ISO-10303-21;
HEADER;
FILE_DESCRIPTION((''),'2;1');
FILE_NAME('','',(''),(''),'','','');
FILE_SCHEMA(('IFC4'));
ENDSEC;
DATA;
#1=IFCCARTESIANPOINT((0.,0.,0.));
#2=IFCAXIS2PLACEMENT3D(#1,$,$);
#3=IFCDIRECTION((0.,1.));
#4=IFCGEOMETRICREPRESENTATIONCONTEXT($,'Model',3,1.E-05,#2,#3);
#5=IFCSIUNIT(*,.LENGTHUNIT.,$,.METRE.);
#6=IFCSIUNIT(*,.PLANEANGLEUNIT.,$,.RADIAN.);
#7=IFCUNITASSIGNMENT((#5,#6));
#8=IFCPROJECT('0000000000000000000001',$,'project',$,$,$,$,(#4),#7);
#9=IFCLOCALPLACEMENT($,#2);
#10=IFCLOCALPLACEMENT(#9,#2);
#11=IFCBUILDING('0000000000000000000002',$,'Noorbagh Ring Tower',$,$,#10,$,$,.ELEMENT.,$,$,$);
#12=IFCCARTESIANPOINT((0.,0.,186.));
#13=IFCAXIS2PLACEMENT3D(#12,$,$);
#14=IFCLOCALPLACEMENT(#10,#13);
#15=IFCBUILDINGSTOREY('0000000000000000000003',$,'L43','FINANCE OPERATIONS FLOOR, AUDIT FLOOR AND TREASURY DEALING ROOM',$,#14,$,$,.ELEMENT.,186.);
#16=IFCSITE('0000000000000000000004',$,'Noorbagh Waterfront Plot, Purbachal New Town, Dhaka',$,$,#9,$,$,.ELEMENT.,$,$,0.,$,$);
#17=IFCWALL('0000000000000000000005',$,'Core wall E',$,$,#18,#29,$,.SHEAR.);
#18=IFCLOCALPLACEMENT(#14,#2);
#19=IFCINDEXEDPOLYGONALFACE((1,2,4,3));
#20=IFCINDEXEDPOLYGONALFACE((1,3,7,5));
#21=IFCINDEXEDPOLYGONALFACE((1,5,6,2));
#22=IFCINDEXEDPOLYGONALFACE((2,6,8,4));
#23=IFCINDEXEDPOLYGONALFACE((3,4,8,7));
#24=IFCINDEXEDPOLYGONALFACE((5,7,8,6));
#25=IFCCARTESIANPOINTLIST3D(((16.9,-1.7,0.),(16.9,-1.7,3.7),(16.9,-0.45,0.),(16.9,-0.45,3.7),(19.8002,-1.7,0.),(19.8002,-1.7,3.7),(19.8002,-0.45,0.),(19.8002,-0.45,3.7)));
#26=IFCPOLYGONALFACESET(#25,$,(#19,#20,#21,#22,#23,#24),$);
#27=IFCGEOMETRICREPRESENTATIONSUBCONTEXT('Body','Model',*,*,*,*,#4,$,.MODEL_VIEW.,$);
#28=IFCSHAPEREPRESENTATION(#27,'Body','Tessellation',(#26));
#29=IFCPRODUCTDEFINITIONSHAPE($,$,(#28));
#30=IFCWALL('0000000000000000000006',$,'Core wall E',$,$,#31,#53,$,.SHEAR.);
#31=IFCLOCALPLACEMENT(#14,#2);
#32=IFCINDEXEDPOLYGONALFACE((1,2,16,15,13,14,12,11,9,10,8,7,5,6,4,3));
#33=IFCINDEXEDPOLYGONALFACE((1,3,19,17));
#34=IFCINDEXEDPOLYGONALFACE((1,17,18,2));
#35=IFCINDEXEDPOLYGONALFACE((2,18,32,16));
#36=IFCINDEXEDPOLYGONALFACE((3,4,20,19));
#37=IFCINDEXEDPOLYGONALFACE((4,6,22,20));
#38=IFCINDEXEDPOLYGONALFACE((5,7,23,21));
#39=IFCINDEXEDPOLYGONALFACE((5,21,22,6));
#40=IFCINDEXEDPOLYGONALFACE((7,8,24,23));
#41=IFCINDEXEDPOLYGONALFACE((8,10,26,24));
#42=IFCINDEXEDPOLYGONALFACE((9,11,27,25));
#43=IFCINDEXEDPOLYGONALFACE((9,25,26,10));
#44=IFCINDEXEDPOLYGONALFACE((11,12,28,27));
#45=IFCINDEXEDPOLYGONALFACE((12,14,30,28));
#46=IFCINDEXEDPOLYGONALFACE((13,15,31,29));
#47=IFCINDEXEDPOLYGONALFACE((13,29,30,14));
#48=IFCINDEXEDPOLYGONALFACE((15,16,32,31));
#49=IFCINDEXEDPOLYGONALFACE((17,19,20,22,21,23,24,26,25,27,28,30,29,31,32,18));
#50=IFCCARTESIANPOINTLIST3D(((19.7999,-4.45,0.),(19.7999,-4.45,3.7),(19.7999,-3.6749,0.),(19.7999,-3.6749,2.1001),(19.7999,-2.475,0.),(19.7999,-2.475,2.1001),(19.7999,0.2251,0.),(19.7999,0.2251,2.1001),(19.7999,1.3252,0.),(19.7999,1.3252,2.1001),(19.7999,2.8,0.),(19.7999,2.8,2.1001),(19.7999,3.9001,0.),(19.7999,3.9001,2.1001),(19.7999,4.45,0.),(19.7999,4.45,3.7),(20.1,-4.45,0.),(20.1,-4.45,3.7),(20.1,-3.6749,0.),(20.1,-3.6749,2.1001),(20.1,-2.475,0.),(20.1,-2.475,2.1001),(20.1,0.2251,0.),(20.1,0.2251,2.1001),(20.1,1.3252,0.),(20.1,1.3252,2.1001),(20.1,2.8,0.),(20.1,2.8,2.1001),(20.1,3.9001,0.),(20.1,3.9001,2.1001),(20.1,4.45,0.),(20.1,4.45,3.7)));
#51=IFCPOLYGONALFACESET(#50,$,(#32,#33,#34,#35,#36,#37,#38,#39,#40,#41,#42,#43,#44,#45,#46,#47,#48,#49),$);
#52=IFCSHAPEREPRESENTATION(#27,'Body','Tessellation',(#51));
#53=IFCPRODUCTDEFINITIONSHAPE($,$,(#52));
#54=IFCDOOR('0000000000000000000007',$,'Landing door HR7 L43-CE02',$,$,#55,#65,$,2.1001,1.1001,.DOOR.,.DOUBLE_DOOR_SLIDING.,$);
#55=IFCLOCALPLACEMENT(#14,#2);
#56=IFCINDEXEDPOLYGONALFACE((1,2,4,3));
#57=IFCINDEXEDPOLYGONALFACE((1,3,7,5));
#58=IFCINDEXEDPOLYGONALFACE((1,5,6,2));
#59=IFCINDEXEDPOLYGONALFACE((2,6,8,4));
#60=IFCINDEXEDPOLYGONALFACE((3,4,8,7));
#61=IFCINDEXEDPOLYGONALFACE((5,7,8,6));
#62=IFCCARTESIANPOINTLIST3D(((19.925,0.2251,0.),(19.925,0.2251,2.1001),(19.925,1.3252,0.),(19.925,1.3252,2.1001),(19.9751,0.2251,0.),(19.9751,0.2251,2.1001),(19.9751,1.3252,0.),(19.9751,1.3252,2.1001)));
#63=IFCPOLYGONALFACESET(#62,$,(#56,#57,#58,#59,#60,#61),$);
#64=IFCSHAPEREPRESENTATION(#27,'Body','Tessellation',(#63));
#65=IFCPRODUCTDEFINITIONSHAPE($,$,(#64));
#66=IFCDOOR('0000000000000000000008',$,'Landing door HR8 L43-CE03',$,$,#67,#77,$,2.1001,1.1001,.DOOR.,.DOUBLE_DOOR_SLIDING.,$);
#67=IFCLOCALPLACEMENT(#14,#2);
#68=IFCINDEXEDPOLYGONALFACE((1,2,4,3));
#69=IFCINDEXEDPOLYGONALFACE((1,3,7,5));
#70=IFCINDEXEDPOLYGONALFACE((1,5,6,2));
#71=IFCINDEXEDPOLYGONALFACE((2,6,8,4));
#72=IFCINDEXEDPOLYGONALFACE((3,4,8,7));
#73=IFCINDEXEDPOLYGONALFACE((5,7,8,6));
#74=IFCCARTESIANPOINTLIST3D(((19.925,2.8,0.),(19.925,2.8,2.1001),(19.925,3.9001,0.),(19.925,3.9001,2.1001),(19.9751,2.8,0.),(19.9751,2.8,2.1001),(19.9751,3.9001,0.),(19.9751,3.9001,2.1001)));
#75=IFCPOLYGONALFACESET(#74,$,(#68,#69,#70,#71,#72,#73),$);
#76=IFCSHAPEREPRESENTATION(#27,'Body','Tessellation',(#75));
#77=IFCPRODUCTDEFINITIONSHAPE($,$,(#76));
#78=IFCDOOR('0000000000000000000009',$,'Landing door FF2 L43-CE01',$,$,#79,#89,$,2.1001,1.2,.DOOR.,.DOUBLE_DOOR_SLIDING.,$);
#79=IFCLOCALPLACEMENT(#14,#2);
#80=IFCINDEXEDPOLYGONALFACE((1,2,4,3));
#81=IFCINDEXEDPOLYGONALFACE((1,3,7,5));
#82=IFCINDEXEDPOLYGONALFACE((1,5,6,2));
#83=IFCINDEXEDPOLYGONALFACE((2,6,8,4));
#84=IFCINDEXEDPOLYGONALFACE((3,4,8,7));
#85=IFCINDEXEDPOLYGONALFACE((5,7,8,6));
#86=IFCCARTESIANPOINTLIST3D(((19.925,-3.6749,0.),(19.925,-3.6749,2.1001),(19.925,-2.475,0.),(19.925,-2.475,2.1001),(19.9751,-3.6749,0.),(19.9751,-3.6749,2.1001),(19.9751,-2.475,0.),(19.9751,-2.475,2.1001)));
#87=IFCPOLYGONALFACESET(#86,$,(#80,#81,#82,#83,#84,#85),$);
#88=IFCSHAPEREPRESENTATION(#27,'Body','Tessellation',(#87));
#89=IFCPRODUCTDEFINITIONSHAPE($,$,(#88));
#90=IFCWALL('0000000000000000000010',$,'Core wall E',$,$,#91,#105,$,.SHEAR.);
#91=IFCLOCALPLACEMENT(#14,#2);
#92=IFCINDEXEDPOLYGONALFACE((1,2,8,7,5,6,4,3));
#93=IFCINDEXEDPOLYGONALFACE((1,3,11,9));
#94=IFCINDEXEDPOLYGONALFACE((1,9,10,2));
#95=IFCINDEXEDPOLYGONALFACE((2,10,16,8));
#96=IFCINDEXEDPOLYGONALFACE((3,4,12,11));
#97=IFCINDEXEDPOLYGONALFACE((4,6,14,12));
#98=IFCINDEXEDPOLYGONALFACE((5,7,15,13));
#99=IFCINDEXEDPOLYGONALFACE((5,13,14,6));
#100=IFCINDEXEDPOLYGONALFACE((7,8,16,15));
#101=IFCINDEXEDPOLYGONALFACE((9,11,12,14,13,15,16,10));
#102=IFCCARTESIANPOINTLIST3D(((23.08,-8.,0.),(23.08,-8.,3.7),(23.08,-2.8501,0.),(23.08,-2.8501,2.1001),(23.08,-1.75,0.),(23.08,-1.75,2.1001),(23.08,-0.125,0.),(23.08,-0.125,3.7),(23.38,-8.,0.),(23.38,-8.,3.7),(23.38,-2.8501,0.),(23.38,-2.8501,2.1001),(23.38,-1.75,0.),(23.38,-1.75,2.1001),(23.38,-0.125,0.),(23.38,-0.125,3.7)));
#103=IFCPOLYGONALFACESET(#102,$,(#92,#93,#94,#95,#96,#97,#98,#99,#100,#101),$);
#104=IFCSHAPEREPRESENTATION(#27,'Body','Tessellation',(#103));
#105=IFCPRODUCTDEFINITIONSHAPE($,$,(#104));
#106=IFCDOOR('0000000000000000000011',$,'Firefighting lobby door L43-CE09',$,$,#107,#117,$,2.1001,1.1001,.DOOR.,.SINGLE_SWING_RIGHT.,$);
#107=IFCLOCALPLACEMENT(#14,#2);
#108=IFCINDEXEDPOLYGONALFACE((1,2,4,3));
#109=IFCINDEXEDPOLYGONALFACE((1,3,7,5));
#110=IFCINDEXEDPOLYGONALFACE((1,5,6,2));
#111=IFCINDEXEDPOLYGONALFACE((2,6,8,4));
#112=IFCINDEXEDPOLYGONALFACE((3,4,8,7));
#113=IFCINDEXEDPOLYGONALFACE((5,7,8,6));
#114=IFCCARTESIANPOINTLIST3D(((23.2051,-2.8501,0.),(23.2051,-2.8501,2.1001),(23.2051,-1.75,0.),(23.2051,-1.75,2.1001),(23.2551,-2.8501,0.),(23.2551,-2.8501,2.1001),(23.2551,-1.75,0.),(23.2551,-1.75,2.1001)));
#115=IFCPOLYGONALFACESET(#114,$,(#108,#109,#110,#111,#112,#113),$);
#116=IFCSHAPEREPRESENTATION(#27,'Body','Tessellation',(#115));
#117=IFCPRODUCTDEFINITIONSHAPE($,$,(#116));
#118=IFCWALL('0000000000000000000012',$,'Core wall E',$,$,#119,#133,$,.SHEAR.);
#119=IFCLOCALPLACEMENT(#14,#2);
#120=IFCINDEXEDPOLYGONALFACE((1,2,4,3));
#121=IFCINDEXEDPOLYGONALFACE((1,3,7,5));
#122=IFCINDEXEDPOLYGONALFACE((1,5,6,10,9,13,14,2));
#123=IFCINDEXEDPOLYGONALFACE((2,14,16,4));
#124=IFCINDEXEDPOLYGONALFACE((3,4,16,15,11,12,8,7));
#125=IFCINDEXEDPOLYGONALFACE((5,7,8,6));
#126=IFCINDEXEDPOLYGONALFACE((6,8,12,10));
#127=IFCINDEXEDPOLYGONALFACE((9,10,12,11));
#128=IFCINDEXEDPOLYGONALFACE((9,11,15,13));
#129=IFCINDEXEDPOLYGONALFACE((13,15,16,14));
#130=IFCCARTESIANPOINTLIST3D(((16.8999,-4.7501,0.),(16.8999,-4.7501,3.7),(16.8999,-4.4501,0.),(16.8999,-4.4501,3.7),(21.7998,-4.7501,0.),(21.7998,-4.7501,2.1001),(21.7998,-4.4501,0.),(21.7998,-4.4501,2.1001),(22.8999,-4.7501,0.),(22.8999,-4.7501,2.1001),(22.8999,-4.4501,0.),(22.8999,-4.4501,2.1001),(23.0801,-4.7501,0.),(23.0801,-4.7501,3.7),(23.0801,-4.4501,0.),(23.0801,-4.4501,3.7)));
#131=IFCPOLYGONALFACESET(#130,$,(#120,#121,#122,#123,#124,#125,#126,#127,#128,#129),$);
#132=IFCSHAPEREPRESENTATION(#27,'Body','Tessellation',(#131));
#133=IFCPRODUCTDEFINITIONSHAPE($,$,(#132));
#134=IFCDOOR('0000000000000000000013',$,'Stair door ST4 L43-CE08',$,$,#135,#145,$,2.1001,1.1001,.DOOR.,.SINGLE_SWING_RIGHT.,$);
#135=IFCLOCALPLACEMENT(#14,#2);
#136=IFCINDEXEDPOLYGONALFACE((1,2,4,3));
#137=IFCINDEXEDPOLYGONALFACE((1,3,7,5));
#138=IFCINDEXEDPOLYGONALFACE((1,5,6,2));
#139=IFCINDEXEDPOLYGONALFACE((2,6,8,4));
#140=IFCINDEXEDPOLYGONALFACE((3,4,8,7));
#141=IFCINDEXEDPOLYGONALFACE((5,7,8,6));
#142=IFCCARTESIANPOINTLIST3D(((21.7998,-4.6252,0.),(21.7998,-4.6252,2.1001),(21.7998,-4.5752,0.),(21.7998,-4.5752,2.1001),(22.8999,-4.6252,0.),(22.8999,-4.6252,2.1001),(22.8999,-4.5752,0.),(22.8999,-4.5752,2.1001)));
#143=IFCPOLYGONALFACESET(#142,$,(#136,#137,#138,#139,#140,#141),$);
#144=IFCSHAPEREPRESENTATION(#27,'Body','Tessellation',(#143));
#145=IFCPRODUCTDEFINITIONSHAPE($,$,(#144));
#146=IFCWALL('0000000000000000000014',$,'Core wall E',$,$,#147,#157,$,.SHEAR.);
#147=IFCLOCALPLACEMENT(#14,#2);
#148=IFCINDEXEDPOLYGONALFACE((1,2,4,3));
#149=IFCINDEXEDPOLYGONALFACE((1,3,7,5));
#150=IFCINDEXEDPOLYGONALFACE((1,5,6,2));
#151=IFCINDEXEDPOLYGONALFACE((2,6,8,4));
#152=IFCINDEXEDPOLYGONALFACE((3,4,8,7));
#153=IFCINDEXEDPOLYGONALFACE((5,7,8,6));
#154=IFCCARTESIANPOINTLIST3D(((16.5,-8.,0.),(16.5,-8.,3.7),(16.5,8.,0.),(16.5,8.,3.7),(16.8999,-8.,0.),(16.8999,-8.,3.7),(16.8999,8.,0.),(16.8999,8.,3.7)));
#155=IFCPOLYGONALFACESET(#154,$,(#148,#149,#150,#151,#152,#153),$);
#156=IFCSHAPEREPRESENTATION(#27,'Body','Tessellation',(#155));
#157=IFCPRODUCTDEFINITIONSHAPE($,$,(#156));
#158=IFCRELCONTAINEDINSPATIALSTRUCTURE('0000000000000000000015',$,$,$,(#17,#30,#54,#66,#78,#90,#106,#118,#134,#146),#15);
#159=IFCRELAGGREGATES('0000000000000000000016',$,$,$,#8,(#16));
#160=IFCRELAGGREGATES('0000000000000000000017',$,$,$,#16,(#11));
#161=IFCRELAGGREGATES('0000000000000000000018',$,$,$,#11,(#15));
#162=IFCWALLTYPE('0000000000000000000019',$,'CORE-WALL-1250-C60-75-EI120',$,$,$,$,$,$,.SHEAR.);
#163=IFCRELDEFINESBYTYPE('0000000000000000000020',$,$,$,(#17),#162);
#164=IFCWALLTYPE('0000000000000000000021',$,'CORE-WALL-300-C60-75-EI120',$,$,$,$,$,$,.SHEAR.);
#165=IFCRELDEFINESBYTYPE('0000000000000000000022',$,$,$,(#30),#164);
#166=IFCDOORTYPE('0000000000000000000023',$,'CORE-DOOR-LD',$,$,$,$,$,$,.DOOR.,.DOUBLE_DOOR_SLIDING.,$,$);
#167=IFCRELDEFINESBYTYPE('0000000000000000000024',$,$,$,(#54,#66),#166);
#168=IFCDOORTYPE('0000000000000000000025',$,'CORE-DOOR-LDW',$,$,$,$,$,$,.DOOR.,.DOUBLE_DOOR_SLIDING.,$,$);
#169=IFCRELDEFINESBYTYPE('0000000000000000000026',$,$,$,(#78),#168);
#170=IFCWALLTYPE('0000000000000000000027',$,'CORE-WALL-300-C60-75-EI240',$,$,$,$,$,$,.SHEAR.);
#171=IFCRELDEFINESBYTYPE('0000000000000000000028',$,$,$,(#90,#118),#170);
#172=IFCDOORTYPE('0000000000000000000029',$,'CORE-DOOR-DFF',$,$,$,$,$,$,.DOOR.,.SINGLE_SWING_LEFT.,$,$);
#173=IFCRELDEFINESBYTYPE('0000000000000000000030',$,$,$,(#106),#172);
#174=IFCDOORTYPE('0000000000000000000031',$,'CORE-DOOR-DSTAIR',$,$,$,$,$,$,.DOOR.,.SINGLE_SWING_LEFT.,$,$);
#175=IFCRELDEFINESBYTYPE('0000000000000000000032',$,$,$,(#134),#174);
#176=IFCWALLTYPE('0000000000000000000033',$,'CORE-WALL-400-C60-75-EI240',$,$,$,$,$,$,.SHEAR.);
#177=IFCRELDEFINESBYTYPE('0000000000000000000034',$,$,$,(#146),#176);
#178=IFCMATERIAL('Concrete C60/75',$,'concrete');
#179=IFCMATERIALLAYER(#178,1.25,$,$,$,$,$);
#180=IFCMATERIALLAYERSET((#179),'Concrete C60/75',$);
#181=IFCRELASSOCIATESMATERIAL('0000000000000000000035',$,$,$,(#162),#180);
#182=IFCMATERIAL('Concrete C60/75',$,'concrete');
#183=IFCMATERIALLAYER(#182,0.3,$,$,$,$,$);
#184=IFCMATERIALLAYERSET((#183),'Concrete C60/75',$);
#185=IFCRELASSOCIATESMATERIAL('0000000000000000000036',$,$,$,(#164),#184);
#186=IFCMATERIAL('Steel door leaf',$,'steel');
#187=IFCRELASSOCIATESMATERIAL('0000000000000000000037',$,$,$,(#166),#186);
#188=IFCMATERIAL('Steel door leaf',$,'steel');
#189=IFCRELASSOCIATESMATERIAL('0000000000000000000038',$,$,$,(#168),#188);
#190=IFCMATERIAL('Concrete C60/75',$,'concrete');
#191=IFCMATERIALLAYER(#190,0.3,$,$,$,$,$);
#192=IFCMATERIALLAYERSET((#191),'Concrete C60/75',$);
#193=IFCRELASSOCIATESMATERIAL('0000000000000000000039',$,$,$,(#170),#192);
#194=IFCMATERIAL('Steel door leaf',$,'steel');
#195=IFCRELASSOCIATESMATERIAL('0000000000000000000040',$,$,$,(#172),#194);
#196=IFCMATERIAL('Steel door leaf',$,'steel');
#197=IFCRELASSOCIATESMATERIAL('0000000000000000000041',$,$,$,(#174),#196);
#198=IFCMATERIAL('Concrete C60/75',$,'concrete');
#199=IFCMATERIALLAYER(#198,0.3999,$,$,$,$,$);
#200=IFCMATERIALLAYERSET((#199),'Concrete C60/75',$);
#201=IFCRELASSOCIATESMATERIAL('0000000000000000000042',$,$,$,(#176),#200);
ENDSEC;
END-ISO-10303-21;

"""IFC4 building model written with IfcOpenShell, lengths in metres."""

from ifc_helpers import new_model, si_unit, direction, frame, frame_2d, origin, place, context, subcontext, project, spatial, rectangle, extrude, material, layer, layer_set, type_object, element, fill, save


model = new_model("IFC4")

# Units and contexts
model_context = context("Model", 3, precision=1e-05, world=origin(), true_north=direction((0.0, 1.0)))
body_context = subcontext(model_context, "Body", "Model", "MODEL_VIEW")
ifc_project = project(units=[si_unit("LENGTHUNIT", "METRE"), si_unit("PLANEANGLEUNIT", "RADIAN")], contexts=[model_context])

# Site, building, storey
site_placement = place(None, origin())
site = spatial("IfcSite", under=ifc_project, at=site_placement, Name="Noorbagh Waterfront Plot, Purbachal New Town, Dhaka", CompositionType="ELEMENT", RefElevation=0.0)
building_placement = place(site_placement, origin())
building = spatial("IfcBuilding", under=site, at=building_placement, Name="Noorbagh Ring Tower", CompositionType="ELEMENT")
storey_placement = place(building_placement, frame((0.0, 0.0, 186.0)))
storey = spatial("IfcBuildingStorey", under=building, at=storey_placement, Name="L43", Description="FINANCE OPERATIONS FLOOR, AUDIT FLOOR AND TREASURY DEALING ROOM", CompositionType="ELEMENT", Elevation=186.0)

# Wall
ifc_material_1 = material(Name="Concrete C60/75", Category="concrete")
ifc_layer_1 = layer(ifc_material_1, 1.25)
ifc_layer_set_1 = layer_set([ifc_layer_1], Name="Concrete C60/75")
wall_type_1 = type_object("IfcWallType", Name="CORE-WALL-1250-C60-75-EI120", PredefinedType="SHEAR", material=ifc_layer_set_1)
wall_1_placement = place(storey_placement, frame((16.8999, -1.075, 0.0), z_axis=(0.0, 0.0, 1.0), x_axis=(1.0, 0.0, 0.0)))
element("IfcWall", 1, at=wall_1_placement, inside=storey, type_object=wall_type_1, Name="Core wall E", PredefinedType="SHEAR", context=body_context, shape_type="SweptSolid", body=[
    extrude(rectangle(XDim=2.9001, YDim=1.25, at=frame_2d((1.4502, 0.0))), origin(), (0.0, 0.0, 1.0), 3.7),
])

# Wall, openings, doors
ifc_material_2 = material(Name="Concrete C60/75", Category="concrete")
ifc_layer_2 = layer(ifc_material_2, 0.3)
ifc_layer_set_2 = layer_set([ifc_layer_2], Name="Concrete C60/75")
wall_type_2 = type_object("IfcWallType", Name="CORE-WALL-300-C60-75-EI120", PredefinedType="SHEAR", material=ifc_layer_set_2)
wall_2_placement = place(storey_placement, frame((19.95, -4.45, 0.0), z_axis=(0.0, 0.0, 1.0), x_axis=(0.0, 1.0, 0.0)))
wall_2 = element("IfcWall", 2, at=wall_2_placement, inside=storey, type_object=wall_type_2, Name="Core wall E", PredefinedType="SHEAR", context=body_context, shape_type="SweptSolid", body=[
    extrude(rectangle(XDim=8.8999, YDim=0.3, at=frame_2d((4.45, 0.0))), origin(), (0.0, 0.0, 1.0), 3.7),
])
opening_1_placement = place(wall_2_placement, frame((0.7749, 0.0, 0.0)))
opening_1 = element("IfcOpeningElement", 3, at=opening_1_placement, cuts=wall_2, PredefinedType="OPENING", context=body_context, shape_type="SweptSolid", body=[
    extrude(rectangle(XDim=1.2, YDim=2.1001, at=frame_2d((0.6001, 1.05))), frame((0.0, 0.1602, 0.0), z_axis=(0.0, -1.0, 0.0), x_axis=(1.0, 0.0, 0.0)), (0.0, 0.0, 1.0), 0.3201),
])
opening_2_placement = place(wall_2_placement, frame((4.675, 0.0, 0.0)))
opening_2 = element("IfcOpeningElement", 4, at=opening_2_placement, cuts=wall_2, PredefinedType="OPENING", context=body_context, shape_type="SweptSolid", body=[
    extrude(rectangle(XDim=1.1001, YDim=2.1001, at=frame_2d((0.55, 1.05))), frame((0.0, 0.1602, 0.0), z_axis=(0.0, -1.0, 0.0), x_axis=(1.0, 0.0, 0.0)), (0.0, 0.0, 1.0), 0.3201),
])
opening_3_placement = place(wall_2_placement, frame((7.25, 0.0, 0.0)))
opening_3 = element("IfcOpeningElement", 5, at=opening_3_placement, cuts=wall_2, PredefinedType="OPENING", context=body_context, shape_type="SweptSolid", body=[
    extrude(rectangle(XDim=1.1001, YDim=2.1001, at=frame_2d((0.55, 1.05))), frame((0.0, 0.1602, 0.0), z_axis=(0.0, -1.0, 0.0), x_axis=(1.0, 0.0, 0.0)), (0.0, 0.0, 1.0), 0.3201),
])
ifc_material_3 = material(Name="Steel door leaf", Category="steel")
door_type_1 = type_object("IfcDoorType", Name="CORE-DOOR-LD", OperationType="DOUBLE_DOOR_SLIDING", PredefinedType="DOOR", material=ifc_material_3)
door_1_placement = place(opening_2_placement, origin())
door_1 = element("IfcDoor", 6, at=door_1_placement, inside=storey, type_object=door_type_1, Name="Landing door HR7 L43-CE02", OperationType="DOUBLE_DOOR_SLIDING", OverallHeight=2.1001, OverallWidth=1.1001, PredefinedType="DOOR", context=body_context, shape_type="SweptSolid", body=[
    extrude(rectangle(XDim=1.1001, YDim=2.1001, at=frame_2d((0.55, 1.05))), frame((0.0, 0.0249, 0.0), z_axis=(0.0, -1.0, 0.0), x_axis=(1.0, 0.0, 0.0)), (0.0, 0.0, 1.0), 0.05),
])
fill(opening_2, door_1)
door_2_placement = place(opening_3_placement, origin())
door_2 = element("IfcDoor", 7, at=door_2_placement, inside=storey, type_object=door_type_1, Name="Landing door HR8 L43-CE03", OperationType="DOUBLE_DOOR_SLIDING", OverallHeight=2.1001, OverallWidth=1.1001, PredefinedType="DOOR", context=body_context, shape_type="SweptSolid", body=[
    extrude(rectangle(XDim=1.1001, YDim=2.1001, at=frame_2d((0.55, 1.05))), frame((0.0, 0.0249, 0.0), z_axis=(0.0, -1.0, 0.0), x_axis=(1.0, 0.0, 0.0)), (0.0, 0.0, 1.0), 0.05),
])
fill(opening_3, door_2)
ifc_material_4 = material(Name="Steel door leaf", Category="steel")
door_type_2 = type_object("IfcDoorType", Name="CORE-DOOR-LDW", OperationType="DOUBLE_DOOR_SLIDING", PredefinedType="DOOR", material=ifc_material_4)
door_3_placement = place(opening_1_placement, origin())
door_3 = element("IfcDoor", 8, at=door_3_placement, inside=storey, type_object=door_type_2, Name="Landing door FF2 L43-CE01", OperationType="DOUBLE_DOOR_SLIDING", OverallHeight=2.1001, OverallWidth=1.2, PredefinedType="DOOR", context=body_context, shape_type="SweptSolid", body=[
    extrude(rectangle(XDim=1.2, YDim=2.1001, at=frame_2d((0.6001, 1.05))), frame((0.0, 0.0249, 0.0), z_axis=(0.0, -1.0, 0.0), x_axis=(1.0, 0.0, 0.0)), (0.0, 0.0, 1.0), 0.05),
])
fill(opening_1, door_3)

# Walls, openings, doors
ifc_material_5 = material(Name="Concrete C60/75", Category="concrete")
ifc_layer_3 = layer(ifc_material_5, 0.3)
ifc_layer_set_3 = layer_set([ifc_layer_3], Name="Concrete C60/75")
wall_type_3 = type_object("IfcWallType", Name="CORE-WALL-300-C60-75-EI240", PredefinedType="SHEAR", material=ifc_layer_set_3)
wall_3_placement = place(storey_placement, frame((23.23, -8.0, 0.0), z_axis=(0.0, 0.0, 1.0), x_axis=(0.0, 1.0, 0.0)))
wall_3 = element("IfcWall", 9, at=wall_3_placement, inside=storey, type_object=wall_type_3, Name="Core wall E", PredefinedType="SHEAR", context=body_context, shape_type="SweptSolid", body=[
    extrude(rectangle(XDim=7.875, YDim=0.3, at=frame_2d((3.9375, 0.0))), origin(), (0.0, 0.0, 1.0), 3.7),
])
opening_4_placement = place(wall_3_placement, frame((5.1499, 0.0, 0.0)))
opening_4 = element("IfcOpeningElement", 10, at=opening_4_placement, cuts=wall_3, PredefinedType="OPENING", context=body_context, shape_type="SweptSolid", body=[
    extrude(rectangle(XDim=1.1001, YDim=2.1001, at=frame_2d((0.55, 1.05))), frame((0.0, 0.1602, 0.0), z_axis=(0.0, -1.0, 0.0), x_axis=(1.0, 0.0, 0.0)), (0.0, 0.0, 1.0), 0.3201),
])
ifc_material_6 = material(Name="Steel door leaf", Category="steel")
door_type_3 = type_object("IfcDoorType", Name="CORE-DOOR-DFF", OperationType="SINGLE_SWING_LEFT", PredefinedType="DOOR", material=ifc_material_6)
door_4_placement = place(opening_4_placement, origin())
door_4 = element("IfcDoor", 11, at=door_4_placement, inside=storey, type_object=door_type_3, Name="Firefighting lobby door L43-CE09", OperationType="SINGLE_SWING_RIGHT", OverallHeight=2.1001, OverallWidth=1.1001, PredefinedType="DOOR", context=body_context, shape_type="SweptSolid", body=[
    extrude(rectangle(XDim=1.1001, YDim=2.1001, at=frame_2d((0.55, 1.05))), frame((0.0, 0.0249, 0.0), z_axis=(0.0, -1.0, 0.0), x_axis=(1.0, 0.0, 0.0)), (0.0, 0.0, 1.0), 0.05),
])
fill(opening_4, door_4)
wall_4_placement = place(storey_placement, frame((16.8999, -4.6001, 0.0), z_axis=(0.0, 0.0, 1.0), x_axis=(1.0, 0.0, 0.0)))
wall_4 = element("IfcWall", 12, at=wall_4_placement, inside=storey, type_object=wall_type_3, Name="Core wall E", PredefinedType="SHEAR", context=body_context, shape_type="SweptSolid", body=[
    extrude(rectangle(XDim=6.1802, YDim=0.3, at=frame_2d((3.0901, 0.0))), origin(), (0.0, 0.0, 1.0), 3.7),
])
opening_5_placement = place(wall_4_placement, frame((4.8999, 0.0, 0.0)))
opening_5 = element("IfcOpeningElement", 13, at=opening_5_placement, cuts=wall_4, PredefinedType="OPENING", context=body_context, shape_type="SweptSolid", body=[
    extrude(rectangle(XDim=1.1001, YDim=2.1001, at=frame_2d((0.55, 1.05))), frame((0.0, 0.1602, 0.0), z_axis=(0.0, -1.0, 0.0), x_axis=(1.0, 0.0, 0.0)), (0.0, 0.0, 1.0), 0.3201),
])
ifc_material_7 = material(Name="Steel door leaf", Category="steel")
door_type_4 = type_object("IfcDoorType", Name="CORE-DOOR-DSTAIR", OperationType="SINGLE_SWING_LEFT", PredefinedType="DOOR", material=ifc_material_7)
door_5_placement = place(opening_5_placement, origin())
door_5 = element("IfcDoor", 14, at=door_5_placement, inside=storey, type_object=door_type_4, Name="Stair door ST4 L43-CE08", OperationType="SINGLE_SWING_RIGHT", OverallHeight=2.1001, OverallWidth=1.1001, PredefinedType="DOOR", context=body_context, shape_type="SweptSolid", body=[
    extrude(rectangle(XDim=1.1001, YDim=2.1001, at=frame_2d((0.55, 1.05))), frame((0.0, 0.0249, 0.0), z_axis=(0.0, -1.0, 0.0), x_axis=(1.0, 0.0, 0.0)), (0.0, 0.0, 1.0), 0.05),
])
fill(opening_5, door_5)

# Wall
ifc_material_8 = material(Name="Concrete C60/75", Category="concrete")
ifc_layer_4 = layer(ifc_material_8, 0.3999)
ifc_layer_set_4 = layer_set([ifc_layer_4], Name="Concrete C60/75")
wall_type_4 = type_object("IfcWallType", Name="CORE-WALL-400-C60-75-EI240", PredefinedType="SHEAR", material=ifc_layer_set_4)
wall_5_placement = place(storey_placement, frame((16.7, -8.0, 0.0), z_axis=(0.0, 0.0, 1.0), x_axis=(0.0, 1.0, 0.0)))
element("IfcWall", 15, at=wall_5_placement, inside=storey, type_object=wall_type_4, Name="Core wall E", PredefinedType="SHEAR", context=body_context, shape_type="SweptSolid", body=[
    extrude(rectangle(XDim=16.0, YDim=0.3999, at=frame_2d((8.0, 0.0))), origin(), (0.0, 0.0, 1.0), 3.7),
])

save(model, "model.ifc")
